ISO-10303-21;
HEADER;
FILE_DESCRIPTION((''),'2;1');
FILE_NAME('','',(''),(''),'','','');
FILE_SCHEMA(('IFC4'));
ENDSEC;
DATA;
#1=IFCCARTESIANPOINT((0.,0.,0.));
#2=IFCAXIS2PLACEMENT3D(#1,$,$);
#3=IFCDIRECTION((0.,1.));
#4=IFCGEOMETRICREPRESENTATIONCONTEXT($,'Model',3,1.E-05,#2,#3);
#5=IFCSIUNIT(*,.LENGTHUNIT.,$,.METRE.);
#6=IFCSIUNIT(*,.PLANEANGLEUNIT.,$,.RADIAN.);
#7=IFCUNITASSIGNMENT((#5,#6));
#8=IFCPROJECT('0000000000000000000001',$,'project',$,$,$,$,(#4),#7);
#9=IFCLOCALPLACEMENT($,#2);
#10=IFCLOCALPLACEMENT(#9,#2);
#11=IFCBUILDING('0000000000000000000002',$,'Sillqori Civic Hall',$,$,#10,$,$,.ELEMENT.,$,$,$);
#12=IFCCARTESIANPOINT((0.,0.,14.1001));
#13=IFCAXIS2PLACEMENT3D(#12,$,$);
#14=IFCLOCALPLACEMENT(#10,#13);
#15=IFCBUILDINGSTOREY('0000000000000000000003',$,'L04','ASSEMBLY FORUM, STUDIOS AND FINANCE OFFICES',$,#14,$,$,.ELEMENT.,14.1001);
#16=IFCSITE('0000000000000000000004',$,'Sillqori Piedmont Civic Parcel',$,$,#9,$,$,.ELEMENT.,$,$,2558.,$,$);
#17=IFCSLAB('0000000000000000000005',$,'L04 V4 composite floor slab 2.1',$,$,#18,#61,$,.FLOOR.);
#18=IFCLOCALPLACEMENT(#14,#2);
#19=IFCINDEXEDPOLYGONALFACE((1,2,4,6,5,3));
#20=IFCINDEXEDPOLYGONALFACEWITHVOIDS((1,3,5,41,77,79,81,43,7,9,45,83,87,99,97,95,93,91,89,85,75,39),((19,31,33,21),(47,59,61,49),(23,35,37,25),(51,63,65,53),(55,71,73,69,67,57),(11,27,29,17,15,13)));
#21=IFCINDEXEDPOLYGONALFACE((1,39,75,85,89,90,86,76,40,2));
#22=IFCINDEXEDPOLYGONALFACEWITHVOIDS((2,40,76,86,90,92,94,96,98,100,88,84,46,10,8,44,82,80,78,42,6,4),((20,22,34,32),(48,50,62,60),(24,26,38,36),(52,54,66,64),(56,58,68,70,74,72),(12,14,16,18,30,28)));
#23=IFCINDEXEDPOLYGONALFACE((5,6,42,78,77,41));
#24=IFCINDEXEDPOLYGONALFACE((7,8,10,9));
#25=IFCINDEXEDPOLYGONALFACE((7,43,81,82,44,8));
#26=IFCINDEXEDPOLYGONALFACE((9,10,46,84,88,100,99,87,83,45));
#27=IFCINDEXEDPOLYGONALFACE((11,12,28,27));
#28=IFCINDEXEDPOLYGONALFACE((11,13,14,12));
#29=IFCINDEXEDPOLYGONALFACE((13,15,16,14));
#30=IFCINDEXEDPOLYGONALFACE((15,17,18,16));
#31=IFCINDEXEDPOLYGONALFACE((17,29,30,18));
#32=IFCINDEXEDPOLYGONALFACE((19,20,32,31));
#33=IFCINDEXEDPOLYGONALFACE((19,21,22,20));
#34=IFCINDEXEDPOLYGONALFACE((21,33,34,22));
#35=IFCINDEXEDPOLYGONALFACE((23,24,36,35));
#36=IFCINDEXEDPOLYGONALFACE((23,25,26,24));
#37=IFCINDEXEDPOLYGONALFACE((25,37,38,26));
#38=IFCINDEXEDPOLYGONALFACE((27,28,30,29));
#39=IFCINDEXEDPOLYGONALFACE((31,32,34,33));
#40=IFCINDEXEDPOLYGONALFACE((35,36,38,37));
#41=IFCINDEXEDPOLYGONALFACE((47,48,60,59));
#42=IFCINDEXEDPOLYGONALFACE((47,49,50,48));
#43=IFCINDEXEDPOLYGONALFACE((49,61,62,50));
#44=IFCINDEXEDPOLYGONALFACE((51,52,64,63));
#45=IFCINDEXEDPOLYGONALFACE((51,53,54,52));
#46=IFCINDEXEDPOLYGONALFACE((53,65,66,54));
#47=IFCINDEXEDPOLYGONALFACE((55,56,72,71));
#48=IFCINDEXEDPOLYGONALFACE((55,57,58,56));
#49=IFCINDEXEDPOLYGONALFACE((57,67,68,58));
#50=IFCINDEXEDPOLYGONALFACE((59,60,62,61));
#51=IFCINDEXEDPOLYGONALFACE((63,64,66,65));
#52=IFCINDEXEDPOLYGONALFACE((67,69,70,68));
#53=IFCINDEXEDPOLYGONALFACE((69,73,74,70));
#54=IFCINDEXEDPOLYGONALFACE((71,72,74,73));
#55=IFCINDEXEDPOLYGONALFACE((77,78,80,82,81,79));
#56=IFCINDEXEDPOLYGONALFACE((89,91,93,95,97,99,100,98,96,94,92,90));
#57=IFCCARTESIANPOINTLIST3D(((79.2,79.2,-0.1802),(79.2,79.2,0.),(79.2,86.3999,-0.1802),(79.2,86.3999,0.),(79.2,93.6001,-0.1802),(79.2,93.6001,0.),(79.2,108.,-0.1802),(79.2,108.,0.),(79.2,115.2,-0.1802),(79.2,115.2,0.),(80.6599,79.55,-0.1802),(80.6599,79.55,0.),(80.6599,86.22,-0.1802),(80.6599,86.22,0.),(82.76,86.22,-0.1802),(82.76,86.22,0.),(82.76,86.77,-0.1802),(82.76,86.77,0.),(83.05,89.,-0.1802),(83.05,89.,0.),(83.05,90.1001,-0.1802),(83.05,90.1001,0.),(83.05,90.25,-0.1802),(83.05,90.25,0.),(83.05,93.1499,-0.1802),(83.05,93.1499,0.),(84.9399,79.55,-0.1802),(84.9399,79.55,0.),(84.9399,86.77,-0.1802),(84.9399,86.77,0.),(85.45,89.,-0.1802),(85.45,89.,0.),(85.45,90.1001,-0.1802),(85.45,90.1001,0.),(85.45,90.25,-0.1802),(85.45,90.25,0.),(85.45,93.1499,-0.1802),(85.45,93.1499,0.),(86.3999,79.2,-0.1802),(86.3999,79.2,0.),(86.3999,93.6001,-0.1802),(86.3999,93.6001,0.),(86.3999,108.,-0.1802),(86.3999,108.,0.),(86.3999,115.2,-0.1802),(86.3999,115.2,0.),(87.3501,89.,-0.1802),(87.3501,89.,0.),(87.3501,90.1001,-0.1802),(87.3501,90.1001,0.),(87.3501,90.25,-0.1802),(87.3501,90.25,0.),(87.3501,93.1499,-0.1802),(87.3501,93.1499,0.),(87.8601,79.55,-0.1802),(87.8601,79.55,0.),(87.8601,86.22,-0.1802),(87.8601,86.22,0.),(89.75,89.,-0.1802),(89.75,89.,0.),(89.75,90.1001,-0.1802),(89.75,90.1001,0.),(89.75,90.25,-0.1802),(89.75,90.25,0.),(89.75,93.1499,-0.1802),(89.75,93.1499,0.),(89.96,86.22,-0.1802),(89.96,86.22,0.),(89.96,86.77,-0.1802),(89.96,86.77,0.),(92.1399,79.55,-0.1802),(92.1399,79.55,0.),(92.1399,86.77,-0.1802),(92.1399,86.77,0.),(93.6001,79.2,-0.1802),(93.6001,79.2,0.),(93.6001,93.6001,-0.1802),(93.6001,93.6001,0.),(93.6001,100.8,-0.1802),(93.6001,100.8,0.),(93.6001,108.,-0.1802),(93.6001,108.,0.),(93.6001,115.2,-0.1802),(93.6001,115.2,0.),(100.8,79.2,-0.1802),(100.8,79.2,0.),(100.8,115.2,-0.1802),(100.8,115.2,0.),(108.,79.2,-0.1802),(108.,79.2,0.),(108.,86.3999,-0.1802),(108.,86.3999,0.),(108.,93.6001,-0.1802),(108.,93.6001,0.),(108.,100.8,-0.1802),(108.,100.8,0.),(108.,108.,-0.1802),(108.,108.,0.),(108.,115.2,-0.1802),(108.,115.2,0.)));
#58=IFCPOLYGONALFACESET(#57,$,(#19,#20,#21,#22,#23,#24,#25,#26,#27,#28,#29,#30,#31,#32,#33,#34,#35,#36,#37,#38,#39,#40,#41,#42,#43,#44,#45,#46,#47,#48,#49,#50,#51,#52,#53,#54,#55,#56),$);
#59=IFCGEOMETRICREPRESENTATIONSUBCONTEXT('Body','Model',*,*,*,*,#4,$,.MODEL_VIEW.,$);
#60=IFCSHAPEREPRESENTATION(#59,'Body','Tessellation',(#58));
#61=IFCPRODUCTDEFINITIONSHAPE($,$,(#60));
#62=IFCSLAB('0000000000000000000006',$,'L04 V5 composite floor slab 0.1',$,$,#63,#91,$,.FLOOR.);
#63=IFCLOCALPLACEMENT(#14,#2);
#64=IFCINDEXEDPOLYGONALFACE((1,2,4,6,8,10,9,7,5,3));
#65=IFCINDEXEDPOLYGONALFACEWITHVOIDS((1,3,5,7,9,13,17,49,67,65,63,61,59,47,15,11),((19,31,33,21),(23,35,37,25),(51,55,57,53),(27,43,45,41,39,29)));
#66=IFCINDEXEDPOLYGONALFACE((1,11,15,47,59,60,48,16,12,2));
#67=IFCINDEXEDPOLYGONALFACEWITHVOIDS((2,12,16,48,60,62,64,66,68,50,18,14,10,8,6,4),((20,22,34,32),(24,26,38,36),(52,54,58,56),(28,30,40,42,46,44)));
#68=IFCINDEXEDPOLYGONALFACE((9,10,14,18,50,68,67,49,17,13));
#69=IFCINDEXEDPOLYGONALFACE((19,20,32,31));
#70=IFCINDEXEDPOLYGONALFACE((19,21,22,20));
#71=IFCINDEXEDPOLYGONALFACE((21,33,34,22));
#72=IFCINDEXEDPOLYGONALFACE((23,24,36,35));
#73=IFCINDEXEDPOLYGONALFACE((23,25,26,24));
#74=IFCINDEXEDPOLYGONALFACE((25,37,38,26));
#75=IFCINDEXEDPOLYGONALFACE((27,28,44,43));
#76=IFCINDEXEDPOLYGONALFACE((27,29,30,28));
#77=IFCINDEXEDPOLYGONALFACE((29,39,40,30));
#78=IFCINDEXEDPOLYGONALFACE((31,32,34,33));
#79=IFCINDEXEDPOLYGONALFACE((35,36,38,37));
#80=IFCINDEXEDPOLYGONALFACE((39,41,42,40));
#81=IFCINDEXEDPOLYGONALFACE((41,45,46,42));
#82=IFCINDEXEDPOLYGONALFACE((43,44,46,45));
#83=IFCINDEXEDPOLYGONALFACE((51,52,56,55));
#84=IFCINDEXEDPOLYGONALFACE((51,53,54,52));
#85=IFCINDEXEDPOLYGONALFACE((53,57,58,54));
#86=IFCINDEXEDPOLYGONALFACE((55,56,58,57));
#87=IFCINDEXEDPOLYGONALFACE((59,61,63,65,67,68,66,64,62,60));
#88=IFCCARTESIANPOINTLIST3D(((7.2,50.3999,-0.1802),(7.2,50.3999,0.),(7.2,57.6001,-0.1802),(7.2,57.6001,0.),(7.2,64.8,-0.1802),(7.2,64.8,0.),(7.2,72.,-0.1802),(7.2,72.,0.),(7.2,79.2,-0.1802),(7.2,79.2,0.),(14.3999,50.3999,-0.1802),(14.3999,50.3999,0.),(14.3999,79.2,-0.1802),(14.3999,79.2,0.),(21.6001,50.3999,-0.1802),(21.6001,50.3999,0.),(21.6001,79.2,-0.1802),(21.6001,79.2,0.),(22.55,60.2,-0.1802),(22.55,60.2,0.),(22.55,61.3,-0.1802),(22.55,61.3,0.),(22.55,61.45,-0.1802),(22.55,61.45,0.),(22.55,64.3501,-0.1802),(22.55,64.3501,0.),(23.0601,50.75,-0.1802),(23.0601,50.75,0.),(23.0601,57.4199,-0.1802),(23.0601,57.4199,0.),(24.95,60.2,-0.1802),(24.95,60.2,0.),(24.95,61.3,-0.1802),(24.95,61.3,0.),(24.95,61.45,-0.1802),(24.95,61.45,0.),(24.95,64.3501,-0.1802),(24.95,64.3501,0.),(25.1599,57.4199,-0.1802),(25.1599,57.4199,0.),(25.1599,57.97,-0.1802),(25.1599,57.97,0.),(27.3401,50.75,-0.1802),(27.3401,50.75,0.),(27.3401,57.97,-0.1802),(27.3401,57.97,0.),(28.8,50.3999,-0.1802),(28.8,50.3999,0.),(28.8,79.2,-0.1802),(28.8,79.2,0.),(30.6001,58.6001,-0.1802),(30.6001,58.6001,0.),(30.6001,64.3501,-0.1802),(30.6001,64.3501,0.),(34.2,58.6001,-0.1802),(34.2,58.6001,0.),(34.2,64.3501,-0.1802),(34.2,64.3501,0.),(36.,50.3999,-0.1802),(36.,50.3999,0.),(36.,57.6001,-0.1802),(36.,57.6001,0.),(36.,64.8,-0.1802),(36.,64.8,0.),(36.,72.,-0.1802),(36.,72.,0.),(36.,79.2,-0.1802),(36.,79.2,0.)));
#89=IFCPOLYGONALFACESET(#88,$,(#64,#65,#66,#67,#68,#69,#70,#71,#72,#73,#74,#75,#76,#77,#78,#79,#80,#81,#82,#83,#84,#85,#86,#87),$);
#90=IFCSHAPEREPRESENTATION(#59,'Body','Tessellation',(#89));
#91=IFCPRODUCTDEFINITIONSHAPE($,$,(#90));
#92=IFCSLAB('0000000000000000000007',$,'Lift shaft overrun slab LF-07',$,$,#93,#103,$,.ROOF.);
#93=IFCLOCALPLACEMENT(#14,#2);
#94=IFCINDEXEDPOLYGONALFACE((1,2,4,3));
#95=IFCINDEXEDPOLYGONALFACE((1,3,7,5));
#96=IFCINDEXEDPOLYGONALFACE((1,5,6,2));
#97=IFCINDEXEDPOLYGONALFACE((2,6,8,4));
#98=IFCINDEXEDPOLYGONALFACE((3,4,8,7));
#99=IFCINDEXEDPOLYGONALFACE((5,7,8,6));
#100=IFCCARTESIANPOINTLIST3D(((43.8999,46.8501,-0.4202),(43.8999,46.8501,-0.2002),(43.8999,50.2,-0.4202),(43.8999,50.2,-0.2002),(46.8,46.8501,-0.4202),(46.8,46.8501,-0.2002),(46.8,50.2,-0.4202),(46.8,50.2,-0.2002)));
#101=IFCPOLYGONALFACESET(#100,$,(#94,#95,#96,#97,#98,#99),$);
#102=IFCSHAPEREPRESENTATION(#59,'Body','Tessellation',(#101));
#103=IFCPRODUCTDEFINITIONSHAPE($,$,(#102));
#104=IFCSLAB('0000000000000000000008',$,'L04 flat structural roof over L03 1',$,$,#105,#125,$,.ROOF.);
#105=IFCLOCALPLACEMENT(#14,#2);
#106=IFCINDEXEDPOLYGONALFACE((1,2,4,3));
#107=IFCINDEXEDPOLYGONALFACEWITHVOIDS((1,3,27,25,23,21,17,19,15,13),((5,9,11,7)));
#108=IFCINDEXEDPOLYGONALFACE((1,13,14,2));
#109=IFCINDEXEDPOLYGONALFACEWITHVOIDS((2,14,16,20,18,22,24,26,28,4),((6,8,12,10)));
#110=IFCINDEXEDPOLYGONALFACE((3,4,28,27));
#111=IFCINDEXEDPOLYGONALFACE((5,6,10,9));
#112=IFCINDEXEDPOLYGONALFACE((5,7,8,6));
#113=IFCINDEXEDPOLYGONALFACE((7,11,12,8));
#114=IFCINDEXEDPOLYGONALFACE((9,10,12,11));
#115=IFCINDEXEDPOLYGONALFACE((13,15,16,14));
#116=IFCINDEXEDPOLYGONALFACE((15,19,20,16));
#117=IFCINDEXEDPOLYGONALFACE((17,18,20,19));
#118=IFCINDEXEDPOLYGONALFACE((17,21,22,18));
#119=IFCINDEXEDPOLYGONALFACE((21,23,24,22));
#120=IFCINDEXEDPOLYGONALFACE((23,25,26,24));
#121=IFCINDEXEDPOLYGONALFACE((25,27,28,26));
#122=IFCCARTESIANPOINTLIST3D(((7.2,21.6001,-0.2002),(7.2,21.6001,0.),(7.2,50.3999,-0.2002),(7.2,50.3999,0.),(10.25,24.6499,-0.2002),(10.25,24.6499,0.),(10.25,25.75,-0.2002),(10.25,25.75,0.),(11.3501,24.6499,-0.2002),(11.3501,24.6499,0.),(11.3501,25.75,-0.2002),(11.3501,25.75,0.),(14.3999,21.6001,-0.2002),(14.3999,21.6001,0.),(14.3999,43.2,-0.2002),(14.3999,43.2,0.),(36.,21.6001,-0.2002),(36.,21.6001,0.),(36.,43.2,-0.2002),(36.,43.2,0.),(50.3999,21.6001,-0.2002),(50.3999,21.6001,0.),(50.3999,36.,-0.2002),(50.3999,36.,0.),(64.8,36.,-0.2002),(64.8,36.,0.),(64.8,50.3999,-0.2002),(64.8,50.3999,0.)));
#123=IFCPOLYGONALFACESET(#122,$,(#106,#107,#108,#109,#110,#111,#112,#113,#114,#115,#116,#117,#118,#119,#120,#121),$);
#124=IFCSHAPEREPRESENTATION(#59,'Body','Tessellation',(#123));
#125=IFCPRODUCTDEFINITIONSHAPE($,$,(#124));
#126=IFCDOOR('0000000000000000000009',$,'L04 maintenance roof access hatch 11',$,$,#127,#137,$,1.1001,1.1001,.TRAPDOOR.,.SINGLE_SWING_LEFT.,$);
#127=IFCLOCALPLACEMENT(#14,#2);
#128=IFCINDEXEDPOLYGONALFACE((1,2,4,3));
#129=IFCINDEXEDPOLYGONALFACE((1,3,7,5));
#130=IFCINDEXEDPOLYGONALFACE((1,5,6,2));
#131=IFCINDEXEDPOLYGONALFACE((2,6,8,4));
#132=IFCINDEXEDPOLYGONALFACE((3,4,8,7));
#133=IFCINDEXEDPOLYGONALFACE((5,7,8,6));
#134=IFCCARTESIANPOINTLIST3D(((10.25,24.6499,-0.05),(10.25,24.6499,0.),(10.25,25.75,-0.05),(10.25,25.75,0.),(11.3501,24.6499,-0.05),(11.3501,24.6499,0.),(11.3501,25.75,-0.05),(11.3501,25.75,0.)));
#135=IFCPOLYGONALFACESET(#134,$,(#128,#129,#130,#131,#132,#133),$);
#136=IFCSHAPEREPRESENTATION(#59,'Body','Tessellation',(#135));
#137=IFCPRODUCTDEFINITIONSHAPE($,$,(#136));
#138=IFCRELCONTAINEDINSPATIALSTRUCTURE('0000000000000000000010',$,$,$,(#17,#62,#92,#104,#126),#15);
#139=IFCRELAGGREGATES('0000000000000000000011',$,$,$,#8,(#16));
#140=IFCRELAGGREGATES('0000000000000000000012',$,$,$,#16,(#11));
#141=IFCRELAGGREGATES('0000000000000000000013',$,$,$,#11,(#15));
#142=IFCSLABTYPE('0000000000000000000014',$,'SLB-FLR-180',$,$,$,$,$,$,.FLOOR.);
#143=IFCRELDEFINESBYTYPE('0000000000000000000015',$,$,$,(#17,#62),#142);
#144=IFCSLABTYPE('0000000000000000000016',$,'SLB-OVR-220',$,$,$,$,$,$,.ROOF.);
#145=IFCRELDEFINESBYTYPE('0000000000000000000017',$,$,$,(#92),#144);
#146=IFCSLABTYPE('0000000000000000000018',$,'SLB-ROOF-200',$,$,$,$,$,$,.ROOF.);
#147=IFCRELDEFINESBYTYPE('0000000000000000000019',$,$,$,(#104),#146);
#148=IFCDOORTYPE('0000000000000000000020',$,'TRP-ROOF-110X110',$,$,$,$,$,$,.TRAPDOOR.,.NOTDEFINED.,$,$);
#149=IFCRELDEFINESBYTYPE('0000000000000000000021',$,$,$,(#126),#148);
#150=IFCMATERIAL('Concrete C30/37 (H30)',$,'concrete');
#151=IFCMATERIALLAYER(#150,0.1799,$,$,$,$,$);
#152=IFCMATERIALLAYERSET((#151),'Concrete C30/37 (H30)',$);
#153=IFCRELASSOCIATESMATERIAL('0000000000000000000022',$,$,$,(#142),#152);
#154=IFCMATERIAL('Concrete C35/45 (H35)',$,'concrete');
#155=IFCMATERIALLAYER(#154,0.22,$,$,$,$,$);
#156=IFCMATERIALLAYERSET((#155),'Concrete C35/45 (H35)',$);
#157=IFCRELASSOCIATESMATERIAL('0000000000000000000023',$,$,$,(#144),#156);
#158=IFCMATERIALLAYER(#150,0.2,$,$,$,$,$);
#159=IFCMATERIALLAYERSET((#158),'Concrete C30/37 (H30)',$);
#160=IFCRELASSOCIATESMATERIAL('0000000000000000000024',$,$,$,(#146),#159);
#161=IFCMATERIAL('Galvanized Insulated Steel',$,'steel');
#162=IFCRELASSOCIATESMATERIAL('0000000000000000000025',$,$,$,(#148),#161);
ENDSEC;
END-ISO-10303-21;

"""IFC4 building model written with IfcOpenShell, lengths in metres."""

from ifc_helpers import new_model, si_unit, direction, frame, origin, origin_2d, place, context, subcontext, project, spatial, polyline, rectangle, outline, extrude, material, layer, layer_set, type_object, element, fill, save


model = new_model("IFC4")

# Units and contexts
model_context = context("Model", 3, precision=1e-05, world=origin(), true_north=direction((0.0, 1.0)))
body_context = subcontext(model_context, "Body", "Model", "MODEL_VIEW")
ifc_project = project(units=[si_unit("LENGTHUNIT", "METRE"), si_unit("PLANEANGLEUNIT", "RADIAN")], contexts=[model_context])

# Site, building, storey
site_placement = place(None, origin())
site = spatial("IfcSite", under=ifc_project, at=site_placement, Name="Sillqori Piedmont Civic Parcel", CompositionType="ELEMENT", RefElevation=2558.0)
building_placement = place(site_placement, origin())
building = spatial("IfcBuilding", under=site, at=building_placement, Name="Sillqori Civic Hall", CompositionType="ELEMENT")
storey_placement = place(building_placement, frame((0.0, 0.0, 14.1001)))
storey = spatial("IfcBuildingStorey", under=building, at=storey_placement, Name="L04", Description="ASSEMBLY FORUM, STUDIOS AND FINANCE OFFICES", CompositionType="ELEMENT", Elevation=14.1001)

# Slabs
ifc_material_1 = material(Name="Concrete C30/37 (H30)", Category="concrete")
ifc_layer_1 = layer(ifc_material_1, 0.1799)
ifc_layer_set_1 = layer_set([ifc_layer_1], Name="Concrete C30/37 (H30)")
slab_type_1 = type_object("IfcSlabType", Name="SLB-FLR-180", PredefinedType="FLOOR", material=ifc_layer_set_1)
slab_1_placement = place(storey_placement, frame((0.0, 0.0, -0.1802)))
element("IfcSlab", 1, at=slab_1_placement, inside=storey, type_object=slab_type_1, Name="L04 V4 composite floor slab 2.1", PredefinedType="FLOOR", context=body_context, shape_type="SweptSolid", body=[
    extrude(outline(polyline([(93.6001, 93.6001), (93.6001, 100.8), (93.6001, 108.0), (86.3999, 108.0), (79.2, 108.0), (79.2, 115.2), (86.3999, 115.2), (93.6001, 115.2), (100.8, 115.2), (108.0, 115.2), (108.0, 108.0), (108.0, 100.8), (108.0, 93.6001), (108.0, 86.3999), (108.0, 79.2), (100.8, 79.2), (93.6001, 79.2), (86.3999, 79.2), (79.2, 79.2), (79.2, 86.3999), (79.2, 93.6001), (86.3999, 93.6001), (93.6001, 93.6001)]), holes=[polyline([(82.76, 86.22), (80.6599, 86.22), (80.6599, 79.55), (84.9399, 79.55), (84.9399, 86.77), (82.76, 86.77), (82.76, 86.22)]), polyline([(89.96, 86.22), (87.8601, 86.22), (87.8601, 79.55), (92.1399, 79.55), (92.1399, 86.77), (89.96, 86.77), (89.96, 86.22)]), polyline([(85.45, 89.0), (85.45, 90.1001), (83.05, 90.1001), (83.05, 89.0), (85.45, 89.0)]), polyline([(89.75, 90.1001), (87.3501, 90.1001), (87.3501, 89.0), (89.75, 89.0), (89.75, 90.1001)]), polyline([(85.45, 90.25), (85.45, 93.1499), (83.05, 93.1499), (83.05, 90.25), (85.45, 90.25)]), polyline([(89.75, 90.25), (89.75, 93.1499), (87.3501, 93.1499), (87.3501, 90.25), (89.75, 90.25)])]), origin(), (0.0, 0.0, 1.0), 0.1802),
])
slab_2_placement = place(storey_placement, frame((0.0, 0.0, -0.1802)))
element("IfcSlab", 2, at=slab_2_placement, inside=storey, type_object=slab_type_1, Name="L04 V5 composite floor slab 0.1", PredefinedType="FLOOR", context=body_context, shape_type="SweptSolid", body=[
    extrude(outline(polyline([(7.2, 79.2), (14.3999, 79.2), (21.6001, 79.2), (28.8, 79.2), (36.0, 79.2), (36.0, 72.0), (36.0, 64.8), (36.0, 57.6001), (36.0, 50.3999), (28.8, 50.3999), (21.6001, 50.3999), (14.3999, 50.3999), (7.2, 50.3999), (7.2, 57.6001), (7.2, 64.8), (7.2, 72.0), (7.2, 79.2)]), holes=[polyline([(25.1599, 57.4199), (23.0601, 57.4199), (23.0601, 50.75), (27.3401, 50.75), (27.3401, 57.97), (25.1599, 57.97), (25.1599, 57.4199)]), polyline([(24.95, 60.2), (24.95, 61.3), (22.55, 61.3), (22.55, 60.2), (24.95, 60.2)]), polyline([(34.2, 64.3501), (30.6001, 64.3501), (30.6001, 58.6001), (34.2, 58.6001), (34.2, 64.3501)]), polyline([(24.95, 61.45), (24.95, 64.3501), (22.55, 64.3501), (22.55, 61.45), (24.95, 61.45)])]), origin(), (0.0, 0.0, 1.0), 0.1802),
])
ifc_material_2 = material(Name="Concrete C35/45 (H35)", Category="concrete")
ifc_layer_2 = layer(ifc_material_2, 0.22)
ifc_layer_set_2 = layer_set([ifc_layer_2], Name="Concrete C35/45 (H35)")
slab_type_2 = type_object("IfcSlabType", Name="SLB-OVR-220", PredefinedType="ROOF", material=ifc_layer_set_2)
slab_3_placement = place(storey_placement, frame((0.0, 0.0, -0.4202)))
element("IfcSlab", 3, at=slab_3_placement, inside=storey, type_object=slab_type_2, Name="Lift shaft overrun slab LF-07", PredefinedType="ROOF", context=body_context, shape_type="SweptSolid", body=[
    extrude(outline(polyline([(43.8999, 46.8501), (46.8, 46.8501), (46.8, 50.2), (43.8999, 50.2), (43.8999, 46.8501)])), origin(), (0.0, 0.0, 1.0), 0.22),
])

# Slab, opening, door
ifc_layer_3 = layer(ifc_material_1, 0.2)
ifc_layer_set_3 = layer_set([ifc_layer_3], Name="Concrete C30/37 (H30)")
slab_type_3 = type_object("IfcSlabType", Name="SLB-ROOF-200", PredefinedType="ROOF", material=ifc_layer_set_3)
slab_4_placement = place(storey_placement, frame((0.0, 0.0, -0.2002)))
slab_4 = element("IfcSlab", 4, at=slab_4_placement, inside=storey, type_object=slab_type_3, Name="L04 flat structural roof over L03 1", PredefinedType="ROOF", context=body_context, shape_type="SweptSolid", body=[
    extrude(outline(polyline([(7.2, 36.0), (7.2, 43.2), (7.2, 50.3999), (14.3999, 50.3999), (21.6001, 50.3999), (28.8, 50.3999), (36.0, 50.3999), (43.2, 50.3999), (50.3999, 50.3999), (57.6001, 50.3999), (64.8, 50.3999), (64.8, 43.2), (64.8, 36.0), (57.6001, 36.0), (50.3999, 36.0), (50.3999, 28.8), (50.3999, 21.6001), (43.2, 21.6001), (36.0, 21.6001), (36.0, 28.8), (36.0, 36.0), (36.0, 43.2), (28.8, 43.2), (21.6001, 43.2), (14.3999, 43.2), (14.3999, 36.0), (14.3999, 28.8), (14.3999, 21.6001), (7.2, 21.6001), (7.2, 28.8), (7.2, 36.0)]), holes=[polyline([(10.25, 24.6499), (10.25, 25.75), (11.3501, 25.75), (11.3501, 24.6499), (10.25, 24.6499)])]), origin(), (0.0, 0.0, 1.0), 0.2002),
])
opening_1_placement = place(slab_4_placement, frame((10.8, 25.2, 0.0)))
opening_1 = element("IfcOpeningElement", 5, at=opening_1_placement, cuts=slab_4, PredefinedType="OPENING", context=body_context, shape_type="SweptSolid", body=[
    extrude(rectangle(XDim=1.1001, YDim=1.1001, at=origin_2d()), frame((0.0, 0.0, -0.01)), (0.0, 0.0, 1.0), 0.2202),
])
ifc_material_3 = material(Name="Galvanized Insulated Steel", Category="steel")
door_type_1 = type_object("IfcDoorType", Name="TRP-ROOF-110X110", OperationType="NOTDEFINED", PredefinedType="TRAPDOOR", material=ifc_material_3)
door_1_placement = place(opening_1_placement, frame((0.0, 0.0, 0.1501)))
door_1 = element("IfcDoor", 6, at=door_1_placement, inside=storey, type_object=door_type_1, Name="L04 maintenance roof access hatch 11", OperationType="SINGLE_SWING_LEFT", OverallHeight=1.1001, OverallWidth=1.1001, PredefinedType="TRAPDOOR", context=body_context, shape_type="SweptSolid", body=[
    extrude(rectangle(XDim=1.1001, YDim=1.1001, at=origin_2d()), origin(), (0.0, 0.0, 1.0), 0.05),
])
fill(opening_1, door_1)

save(model, "model.ifc")
